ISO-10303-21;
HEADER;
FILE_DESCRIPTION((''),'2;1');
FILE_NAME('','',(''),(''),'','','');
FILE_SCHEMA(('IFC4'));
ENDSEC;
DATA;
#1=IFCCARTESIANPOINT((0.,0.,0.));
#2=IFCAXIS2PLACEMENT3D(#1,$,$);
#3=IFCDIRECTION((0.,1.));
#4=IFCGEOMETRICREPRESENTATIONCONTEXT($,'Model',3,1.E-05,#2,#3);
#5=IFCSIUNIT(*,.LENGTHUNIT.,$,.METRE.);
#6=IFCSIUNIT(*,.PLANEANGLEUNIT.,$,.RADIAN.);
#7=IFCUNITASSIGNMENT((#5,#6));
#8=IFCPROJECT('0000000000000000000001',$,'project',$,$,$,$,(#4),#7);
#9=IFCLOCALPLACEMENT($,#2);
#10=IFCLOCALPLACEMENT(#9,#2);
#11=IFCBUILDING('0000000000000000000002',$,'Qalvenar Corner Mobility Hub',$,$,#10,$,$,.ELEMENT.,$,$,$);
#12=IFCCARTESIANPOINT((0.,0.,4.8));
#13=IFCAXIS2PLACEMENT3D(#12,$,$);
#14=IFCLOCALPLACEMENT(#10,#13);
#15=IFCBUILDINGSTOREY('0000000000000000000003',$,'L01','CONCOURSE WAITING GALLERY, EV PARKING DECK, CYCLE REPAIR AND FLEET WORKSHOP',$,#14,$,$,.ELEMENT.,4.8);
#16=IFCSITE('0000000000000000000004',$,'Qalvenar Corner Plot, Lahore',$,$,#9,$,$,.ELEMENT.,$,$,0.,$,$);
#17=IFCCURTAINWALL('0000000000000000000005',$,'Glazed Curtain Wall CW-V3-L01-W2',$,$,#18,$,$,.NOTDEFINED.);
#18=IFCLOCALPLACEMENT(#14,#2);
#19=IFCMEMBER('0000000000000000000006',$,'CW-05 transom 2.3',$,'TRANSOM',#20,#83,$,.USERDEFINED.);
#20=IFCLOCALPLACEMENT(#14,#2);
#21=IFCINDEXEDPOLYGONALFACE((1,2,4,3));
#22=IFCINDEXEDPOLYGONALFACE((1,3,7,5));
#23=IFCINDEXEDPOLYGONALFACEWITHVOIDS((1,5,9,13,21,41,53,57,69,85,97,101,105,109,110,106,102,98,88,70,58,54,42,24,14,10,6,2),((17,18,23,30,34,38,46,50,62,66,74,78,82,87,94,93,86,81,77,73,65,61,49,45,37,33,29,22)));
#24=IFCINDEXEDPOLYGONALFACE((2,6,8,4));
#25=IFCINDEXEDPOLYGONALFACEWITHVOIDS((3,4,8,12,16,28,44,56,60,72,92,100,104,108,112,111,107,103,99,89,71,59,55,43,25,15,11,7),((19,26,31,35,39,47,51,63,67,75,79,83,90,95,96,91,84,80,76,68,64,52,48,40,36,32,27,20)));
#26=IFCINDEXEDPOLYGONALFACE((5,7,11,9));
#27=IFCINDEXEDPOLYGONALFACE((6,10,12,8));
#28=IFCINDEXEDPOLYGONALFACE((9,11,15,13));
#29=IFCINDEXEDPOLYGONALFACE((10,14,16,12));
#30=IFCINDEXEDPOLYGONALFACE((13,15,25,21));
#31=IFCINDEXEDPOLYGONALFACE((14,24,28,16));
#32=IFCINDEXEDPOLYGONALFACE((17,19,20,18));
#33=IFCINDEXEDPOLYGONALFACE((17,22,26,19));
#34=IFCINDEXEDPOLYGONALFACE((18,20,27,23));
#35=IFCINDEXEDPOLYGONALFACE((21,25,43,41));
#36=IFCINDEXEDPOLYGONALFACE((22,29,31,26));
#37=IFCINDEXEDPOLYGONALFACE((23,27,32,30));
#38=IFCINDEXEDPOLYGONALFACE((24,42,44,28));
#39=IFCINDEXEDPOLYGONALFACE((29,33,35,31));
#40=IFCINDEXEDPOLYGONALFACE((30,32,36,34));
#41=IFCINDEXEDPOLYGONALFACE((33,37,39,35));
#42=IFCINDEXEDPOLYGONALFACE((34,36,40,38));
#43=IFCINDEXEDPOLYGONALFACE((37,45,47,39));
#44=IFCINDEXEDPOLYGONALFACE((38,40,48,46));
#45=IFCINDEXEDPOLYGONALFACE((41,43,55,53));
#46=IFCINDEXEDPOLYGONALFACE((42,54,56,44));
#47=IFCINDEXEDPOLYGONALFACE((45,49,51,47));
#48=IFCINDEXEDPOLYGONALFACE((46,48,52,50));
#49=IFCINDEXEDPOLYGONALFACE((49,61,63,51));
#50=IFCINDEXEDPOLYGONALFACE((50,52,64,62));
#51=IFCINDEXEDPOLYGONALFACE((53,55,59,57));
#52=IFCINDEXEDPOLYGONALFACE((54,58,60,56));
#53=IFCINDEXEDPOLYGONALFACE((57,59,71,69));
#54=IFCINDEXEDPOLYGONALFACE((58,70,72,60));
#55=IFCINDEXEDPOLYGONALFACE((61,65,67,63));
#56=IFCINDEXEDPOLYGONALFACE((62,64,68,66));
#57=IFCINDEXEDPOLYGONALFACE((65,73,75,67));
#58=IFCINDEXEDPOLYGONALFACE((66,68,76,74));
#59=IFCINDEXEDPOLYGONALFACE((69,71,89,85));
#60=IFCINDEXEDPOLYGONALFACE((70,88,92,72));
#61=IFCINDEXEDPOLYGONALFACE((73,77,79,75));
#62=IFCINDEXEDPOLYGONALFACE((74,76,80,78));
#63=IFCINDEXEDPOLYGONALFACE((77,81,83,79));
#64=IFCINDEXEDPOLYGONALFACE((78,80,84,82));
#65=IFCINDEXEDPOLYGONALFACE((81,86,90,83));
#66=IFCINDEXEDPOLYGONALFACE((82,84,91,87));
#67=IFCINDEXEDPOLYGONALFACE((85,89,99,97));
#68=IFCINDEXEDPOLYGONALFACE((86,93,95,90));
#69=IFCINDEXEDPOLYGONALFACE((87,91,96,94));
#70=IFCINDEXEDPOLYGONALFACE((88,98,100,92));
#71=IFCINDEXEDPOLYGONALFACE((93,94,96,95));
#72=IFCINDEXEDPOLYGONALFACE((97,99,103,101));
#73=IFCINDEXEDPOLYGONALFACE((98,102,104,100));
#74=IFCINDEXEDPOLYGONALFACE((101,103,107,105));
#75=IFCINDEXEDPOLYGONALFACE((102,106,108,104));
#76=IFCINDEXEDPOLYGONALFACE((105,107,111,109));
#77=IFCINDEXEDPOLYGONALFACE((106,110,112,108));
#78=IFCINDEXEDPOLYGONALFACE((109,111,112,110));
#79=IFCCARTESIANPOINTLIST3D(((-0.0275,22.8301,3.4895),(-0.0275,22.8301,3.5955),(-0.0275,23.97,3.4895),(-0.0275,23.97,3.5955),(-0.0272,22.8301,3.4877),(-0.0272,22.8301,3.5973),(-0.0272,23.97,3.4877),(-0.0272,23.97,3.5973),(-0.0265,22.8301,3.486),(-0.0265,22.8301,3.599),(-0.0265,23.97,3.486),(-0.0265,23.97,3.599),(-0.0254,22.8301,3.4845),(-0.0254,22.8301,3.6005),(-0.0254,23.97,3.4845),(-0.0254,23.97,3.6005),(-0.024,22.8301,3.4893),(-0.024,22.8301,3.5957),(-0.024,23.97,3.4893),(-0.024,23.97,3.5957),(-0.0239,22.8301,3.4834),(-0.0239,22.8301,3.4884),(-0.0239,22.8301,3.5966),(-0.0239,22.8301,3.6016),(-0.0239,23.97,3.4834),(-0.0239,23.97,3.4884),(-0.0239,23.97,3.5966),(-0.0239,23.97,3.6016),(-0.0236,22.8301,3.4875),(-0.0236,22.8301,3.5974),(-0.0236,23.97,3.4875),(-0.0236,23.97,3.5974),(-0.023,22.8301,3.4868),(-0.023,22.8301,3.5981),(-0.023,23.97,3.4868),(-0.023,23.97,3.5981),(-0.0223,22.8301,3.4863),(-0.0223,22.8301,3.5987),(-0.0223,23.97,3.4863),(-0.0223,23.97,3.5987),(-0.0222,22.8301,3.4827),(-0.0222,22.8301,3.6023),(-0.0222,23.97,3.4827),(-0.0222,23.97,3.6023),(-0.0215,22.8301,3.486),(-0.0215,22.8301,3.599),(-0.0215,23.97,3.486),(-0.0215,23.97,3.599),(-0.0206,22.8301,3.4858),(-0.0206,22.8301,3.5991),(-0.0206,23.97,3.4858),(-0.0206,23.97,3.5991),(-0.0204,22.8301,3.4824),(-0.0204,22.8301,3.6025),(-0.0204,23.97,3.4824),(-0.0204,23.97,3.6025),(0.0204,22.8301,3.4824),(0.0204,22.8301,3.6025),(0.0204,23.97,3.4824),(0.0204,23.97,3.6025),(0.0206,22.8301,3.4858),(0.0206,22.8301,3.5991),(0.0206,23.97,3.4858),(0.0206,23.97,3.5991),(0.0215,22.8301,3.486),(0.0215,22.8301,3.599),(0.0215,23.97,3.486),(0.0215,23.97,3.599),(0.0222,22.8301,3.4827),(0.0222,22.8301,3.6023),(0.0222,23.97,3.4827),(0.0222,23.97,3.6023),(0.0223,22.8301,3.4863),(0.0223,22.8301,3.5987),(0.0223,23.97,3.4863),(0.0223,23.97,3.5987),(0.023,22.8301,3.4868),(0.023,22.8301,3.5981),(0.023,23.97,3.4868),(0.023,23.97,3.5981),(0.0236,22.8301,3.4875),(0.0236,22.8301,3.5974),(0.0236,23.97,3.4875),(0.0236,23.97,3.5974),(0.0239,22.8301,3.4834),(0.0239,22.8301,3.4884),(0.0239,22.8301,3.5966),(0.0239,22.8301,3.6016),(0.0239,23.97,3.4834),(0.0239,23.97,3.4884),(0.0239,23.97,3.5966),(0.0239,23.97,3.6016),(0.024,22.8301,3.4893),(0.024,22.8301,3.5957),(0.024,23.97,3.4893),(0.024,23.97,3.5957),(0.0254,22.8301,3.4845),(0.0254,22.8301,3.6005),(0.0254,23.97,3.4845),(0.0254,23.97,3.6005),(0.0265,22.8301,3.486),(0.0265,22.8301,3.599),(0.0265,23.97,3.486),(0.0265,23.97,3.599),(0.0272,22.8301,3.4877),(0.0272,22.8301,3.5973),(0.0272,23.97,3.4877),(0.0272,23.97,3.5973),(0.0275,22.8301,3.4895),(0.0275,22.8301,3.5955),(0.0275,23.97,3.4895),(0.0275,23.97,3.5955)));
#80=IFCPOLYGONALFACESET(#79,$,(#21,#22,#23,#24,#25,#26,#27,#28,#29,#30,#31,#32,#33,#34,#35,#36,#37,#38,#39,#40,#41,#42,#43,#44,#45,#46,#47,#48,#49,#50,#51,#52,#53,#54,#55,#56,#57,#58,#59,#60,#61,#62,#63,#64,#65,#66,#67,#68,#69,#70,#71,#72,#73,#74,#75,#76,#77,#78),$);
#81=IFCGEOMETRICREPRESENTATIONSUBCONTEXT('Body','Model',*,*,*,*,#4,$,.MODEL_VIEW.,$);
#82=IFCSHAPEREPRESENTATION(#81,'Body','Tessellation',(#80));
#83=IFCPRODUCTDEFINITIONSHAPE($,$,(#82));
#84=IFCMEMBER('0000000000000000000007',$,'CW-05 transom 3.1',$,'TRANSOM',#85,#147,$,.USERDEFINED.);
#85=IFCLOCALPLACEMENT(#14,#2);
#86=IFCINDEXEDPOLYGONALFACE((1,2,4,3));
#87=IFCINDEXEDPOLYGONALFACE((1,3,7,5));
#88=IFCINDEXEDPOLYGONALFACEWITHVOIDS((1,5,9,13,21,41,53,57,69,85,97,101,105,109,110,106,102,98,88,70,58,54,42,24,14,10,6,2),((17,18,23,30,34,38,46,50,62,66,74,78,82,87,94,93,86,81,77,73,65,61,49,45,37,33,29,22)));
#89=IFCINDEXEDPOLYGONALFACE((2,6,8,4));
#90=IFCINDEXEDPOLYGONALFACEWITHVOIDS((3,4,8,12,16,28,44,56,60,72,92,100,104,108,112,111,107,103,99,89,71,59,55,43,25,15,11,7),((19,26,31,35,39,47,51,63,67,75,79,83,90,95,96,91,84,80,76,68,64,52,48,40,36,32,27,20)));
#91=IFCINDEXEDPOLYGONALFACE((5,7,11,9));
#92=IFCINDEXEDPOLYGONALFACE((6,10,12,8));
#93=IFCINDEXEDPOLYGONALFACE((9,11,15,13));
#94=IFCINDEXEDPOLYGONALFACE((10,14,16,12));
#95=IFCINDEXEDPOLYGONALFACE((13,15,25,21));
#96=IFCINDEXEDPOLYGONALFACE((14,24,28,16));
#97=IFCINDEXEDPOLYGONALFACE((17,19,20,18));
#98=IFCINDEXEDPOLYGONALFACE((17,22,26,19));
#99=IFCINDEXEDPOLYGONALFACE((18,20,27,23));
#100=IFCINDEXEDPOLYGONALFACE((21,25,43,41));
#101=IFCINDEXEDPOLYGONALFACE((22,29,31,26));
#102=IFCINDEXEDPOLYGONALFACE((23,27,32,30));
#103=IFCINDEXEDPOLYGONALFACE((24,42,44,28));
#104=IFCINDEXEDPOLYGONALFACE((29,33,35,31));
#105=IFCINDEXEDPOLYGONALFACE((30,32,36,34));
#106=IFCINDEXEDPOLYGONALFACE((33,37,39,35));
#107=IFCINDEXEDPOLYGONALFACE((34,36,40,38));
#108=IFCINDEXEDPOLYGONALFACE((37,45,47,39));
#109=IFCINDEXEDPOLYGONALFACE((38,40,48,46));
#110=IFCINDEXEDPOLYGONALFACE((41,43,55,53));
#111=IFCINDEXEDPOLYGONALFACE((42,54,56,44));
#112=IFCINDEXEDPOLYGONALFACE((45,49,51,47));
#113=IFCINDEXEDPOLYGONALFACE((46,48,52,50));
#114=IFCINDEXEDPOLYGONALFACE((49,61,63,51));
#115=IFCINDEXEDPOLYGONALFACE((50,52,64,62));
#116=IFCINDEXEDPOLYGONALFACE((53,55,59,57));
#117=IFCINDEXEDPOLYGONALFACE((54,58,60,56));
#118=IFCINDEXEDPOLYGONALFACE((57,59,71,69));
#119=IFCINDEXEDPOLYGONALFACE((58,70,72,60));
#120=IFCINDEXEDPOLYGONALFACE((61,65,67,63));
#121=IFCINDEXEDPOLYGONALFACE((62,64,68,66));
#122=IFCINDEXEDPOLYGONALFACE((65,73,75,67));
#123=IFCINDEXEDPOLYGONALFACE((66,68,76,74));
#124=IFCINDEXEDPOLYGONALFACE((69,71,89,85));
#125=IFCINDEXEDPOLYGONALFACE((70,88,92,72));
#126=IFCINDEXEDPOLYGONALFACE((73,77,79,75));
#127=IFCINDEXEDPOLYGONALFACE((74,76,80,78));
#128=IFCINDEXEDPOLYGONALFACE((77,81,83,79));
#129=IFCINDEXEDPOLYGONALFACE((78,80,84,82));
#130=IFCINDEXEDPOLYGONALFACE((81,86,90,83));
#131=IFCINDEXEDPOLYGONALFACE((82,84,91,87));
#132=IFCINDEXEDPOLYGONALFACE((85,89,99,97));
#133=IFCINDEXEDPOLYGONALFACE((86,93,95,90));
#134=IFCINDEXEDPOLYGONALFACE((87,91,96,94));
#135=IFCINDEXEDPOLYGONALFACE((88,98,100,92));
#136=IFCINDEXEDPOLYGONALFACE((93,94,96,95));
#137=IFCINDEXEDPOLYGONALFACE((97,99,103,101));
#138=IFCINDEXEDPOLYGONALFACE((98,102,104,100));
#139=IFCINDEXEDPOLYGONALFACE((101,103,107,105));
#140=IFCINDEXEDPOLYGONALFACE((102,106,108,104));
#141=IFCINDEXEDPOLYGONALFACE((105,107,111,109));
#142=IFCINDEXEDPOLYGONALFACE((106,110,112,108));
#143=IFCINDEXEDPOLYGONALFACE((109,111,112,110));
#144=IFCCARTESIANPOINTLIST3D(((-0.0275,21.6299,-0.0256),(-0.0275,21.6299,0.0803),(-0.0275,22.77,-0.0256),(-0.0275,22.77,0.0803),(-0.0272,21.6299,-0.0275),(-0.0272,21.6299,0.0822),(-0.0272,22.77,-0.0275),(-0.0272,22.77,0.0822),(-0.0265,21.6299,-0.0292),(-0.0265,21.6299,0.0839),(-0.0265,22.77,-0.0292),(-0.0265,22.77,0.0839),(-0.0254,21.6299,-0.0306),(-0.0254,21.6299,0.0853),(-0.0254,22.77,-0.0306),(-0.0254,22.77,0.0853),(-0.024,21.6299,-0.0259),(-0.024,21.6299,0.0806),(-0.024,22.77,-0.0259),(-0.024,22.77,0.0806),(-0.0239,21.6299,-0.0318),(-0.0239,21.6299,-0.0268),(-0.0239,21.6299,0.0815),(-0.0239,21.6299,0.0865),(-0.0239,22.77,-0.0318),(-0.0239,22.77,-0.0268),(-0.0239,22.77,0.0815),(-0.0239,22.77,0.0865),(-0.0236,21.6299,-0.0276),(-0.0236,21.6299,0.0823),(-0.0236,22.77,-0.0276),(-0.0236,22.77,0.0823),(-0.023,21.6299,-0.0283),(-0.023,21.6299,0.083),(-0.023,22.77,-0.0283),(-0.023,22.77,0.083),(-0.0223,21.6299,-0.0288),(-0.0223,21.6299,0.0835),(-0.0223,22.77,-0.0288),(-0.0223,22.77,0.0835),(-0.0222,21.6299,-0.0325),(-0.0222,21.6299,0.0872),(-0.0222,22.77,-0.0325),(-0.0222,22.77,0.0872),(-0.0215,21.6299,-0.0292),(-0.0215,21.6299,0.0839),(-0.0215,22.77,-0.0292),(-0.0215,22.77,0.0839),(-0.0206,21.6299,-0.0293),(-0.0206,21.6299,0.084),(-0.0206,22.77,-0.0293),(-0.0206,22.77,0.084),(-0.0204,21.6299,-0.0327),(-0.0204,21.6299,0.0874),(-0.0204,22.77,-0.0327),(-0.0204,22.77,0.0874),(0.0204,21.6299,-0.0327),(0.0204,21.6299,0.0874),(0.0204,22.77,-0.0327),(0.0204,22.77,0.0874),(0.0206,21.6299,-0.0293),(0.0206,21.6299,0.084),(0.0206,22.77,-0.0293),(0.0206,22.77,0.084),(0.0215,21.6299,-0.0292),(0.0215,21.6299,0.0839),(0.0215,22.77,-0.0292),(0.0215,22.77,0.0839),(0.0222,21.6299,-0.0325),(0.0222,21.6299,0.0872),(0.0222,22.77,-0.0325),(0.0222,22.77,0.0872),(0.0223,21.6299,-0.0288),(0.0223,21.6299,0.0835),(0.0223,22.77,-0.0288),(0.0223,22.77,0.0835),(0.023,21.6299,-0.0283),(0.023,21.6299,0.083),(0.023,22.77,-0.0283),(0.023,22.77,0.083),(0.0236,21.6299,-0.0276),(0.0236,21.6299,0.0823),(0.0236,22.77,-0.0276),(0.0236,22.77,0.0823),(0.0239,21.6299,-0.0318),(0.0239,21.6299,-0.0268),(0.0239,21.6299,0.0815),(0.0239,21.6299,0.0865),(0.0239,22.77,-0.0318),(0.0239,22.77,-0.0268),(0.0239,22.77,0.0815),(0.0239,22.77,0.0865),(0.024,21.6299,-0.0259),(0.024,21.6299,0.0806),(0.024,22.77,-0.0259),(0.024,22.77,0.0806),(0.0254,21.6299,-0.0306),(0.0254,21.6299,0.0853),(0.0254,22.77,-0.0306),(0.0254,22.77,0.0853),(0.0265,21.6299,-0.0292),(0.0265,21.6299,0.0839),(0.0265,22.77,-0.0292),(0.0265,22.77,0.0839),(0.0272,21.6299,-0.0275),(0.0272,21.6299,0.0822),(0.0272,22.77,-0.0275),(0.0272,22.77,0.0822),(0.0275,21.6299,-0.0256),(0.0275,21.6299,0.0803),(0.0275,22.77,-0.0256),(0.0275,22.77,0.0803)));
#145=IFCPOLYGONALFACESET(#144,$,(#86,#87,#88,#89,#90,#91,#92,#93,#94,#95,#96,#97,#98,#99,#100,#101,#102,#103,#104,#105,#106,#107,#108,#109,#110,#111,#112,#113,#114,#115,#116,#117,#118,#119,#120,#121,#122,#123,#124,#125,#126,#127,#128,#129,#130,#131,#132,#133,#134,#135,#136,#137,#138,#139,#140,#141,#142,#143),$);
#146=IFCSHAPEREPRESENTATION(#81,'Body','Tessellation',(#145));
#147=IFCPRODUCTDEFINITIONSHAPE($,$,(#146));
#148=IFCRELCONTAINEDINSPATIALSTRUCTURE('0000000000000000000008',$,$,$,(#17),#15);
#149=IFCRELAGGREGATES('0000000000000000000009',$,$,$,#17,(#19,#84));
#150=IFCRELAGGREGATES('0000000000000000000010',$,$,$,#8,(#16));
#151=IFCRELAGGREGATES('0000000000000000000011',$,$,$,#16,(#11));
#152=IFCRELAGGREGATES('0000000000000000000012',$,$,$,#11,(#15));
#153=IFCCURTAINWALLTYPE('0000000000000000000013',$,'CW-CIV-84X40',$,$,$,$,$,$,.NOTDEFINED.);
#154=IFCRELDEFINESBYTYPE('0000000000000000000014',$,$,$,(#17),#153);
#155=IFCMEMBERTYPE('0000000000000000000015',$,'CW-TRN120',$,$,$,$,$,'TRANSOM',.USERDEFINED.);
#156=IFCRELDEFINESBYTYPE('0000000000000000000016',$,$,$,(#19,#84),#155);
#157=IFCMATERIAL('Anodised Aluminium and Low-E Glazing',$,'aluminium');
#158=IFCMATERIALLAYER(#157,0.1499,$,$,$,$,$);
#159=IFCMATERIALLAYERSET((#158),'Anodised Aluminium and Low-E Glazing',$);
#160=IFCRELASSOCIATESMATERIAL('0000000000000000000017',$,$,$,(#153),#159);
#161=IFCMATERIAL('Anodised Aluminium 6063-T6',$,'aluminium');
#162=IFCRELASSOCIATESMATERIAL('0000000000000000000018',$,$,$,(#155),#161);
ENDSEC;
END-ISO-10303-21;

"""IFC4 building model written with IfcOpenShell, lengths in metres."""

from ifc_helpers import new_model, si_unit, direction, frame, origin, origin_2d, place, context, subcontext, project, spatial, hollow_rectangle, extrude, material, layer, layer_set, material_profile, profile_set, type_object, element, aggregate, save


model = new_model("IFC4")

# Units and contexts
model_context = context("Model", 3, precision=1e-05, world=origin(), true_north=direction((0.0, 1.0)))
body_context = subcontext(model_context, "Body", "Model", "MODEL_VIEW")
ifc_project = project(units=[si_unit("LENGTHUNIT", "METRE"), si_unit("PLANEANGLEUNIT", "RADIAN")], contexts=[model_context])

# Site, building, storey
site_placement = place(None, origin())
site = spatial("IfcSite", under=ifc_project, at=site_placement, Name="Qalvenar Corner Plot, Lahore", CompositionType="ELEMENT", RefElevation=0.0)
building_placement = place(site_placement, origin())
building = spatial("IfcBuilding", under=site, at=building_placement, Name="Qalvenar Corner Mobility Hub", CompositionType="ELEMENT")
storey_placement = place(building_placement, frame((0.0, 0.0, 4.8)))
storey = spatial("IfcBuildingStorey", under=building, at=storey_placement, Name="L01", Description="CONCOURSE WAITING GALLERY, EV PARKING DECK, CYCLE REPAIR AND FLEET WORKSHOP", CompositionType="ELEMENT", Elevation=4.8)

# Curtain wall, members
ifc_material_1 = material(Name="Anodised Aluminium and Low-E Glazing", Category="aluminium")
ifc_layer_1 = layer(ifc_material_1, 0.1499)
ifc_layer_set_1 = layer_set([ifc_layer_1], Name="Anodised Aluminium and Low-E Glazing")
curtain_wall_type = type_object("IfcCurtainWallType", Name="CW-CIV-84X40", PredefinedType="NOTDEFINED", material=ifc_layer_set_1)
curtain_wall_placement = place(storey_placement, origin())
curtain_wall = element("IfcCurtainWall", 1, at=curtain_wall_placement, inside=storey, type_object=curtain_wall_type, Name="Glazed Curtain Wall CW-V3-L01-W2", PredefinedType="NOTDEFINED")
ifc_material_2 = material(Name="Anodised Aluminium 6063-T6", Category="aluminium")
ifc_material_profile_1 = material_profile(ifc_material_2, hollow_rectangle(XDim=0.0549, YDim=0.1201, WallThickness=0.0034, InnerFilletRadius=0.0034, OuterFilletRadius=0.0071, at=origin_2d()), Name="RHS120x55x3.5")
ifc_profile_set_1 = profile_set([ifc_material_profile_1], Name="Anodised Aluminium 6063-T6")
member_type_1 = type_object("IfcMemberType", Name="CW-TRN120", ElementType="TRANSOM", PredefinedType="USERDEFINED", material=ifc_profile_set_1)
member_1_placement = place(storey_placement, frame((0.0, 23.97, 3.5425), z_axis=(0.0, -1.0, 0.0), x_axis=(1.0, 0.0, 0.0)))
member_1 = element("IfcMember", 2, at=member_1_placement, type_object=member_type_1, Name="CW-05 transom 2.3", ObjectType="TRANSOM", PredefinedType="USERDEFINED", context=body_context, shape_type="SweptSolid", body=[
    extrude(hollow_rectangle(XDim=0.0549, YDim=0.1201, WallThickness=0.0034, InnerFilletRadius=0.0034, OuterFilletRadius=0.0071, at=origin_2d()), origin(), (0.0, 0.0, 1.0), 1.1399),
])
member_2_placement = place(storey_placement, frame((0.0, 22.77, 0.0273), z_axis=(0.0, -1.0, 0.0), x_axis=(1.0, 0.0, 0.0)))
member_2 = element("IfcMember", 3, at=member_2_placement, type_object=member_type_1, Name="CW-05 transom 3.1", ObjectType="TRANSOM", PredefinedType="USERDEFINED", context=body_context, shape_type="SweptSolid", body=[
    extrude(hollow_rectangle(XDim=0.0549, YDim=0.1201, WallThickness=0.0034, InnerFilletRadius=0.0034, OuterFilletRadius=0.0071, at=origin_2d()), origin(), (0.0, 0.0, 1.0), 1.1401),
])
aggregate(curtain_wall, [member_1, member_2])

save(model, "model.ifc")
